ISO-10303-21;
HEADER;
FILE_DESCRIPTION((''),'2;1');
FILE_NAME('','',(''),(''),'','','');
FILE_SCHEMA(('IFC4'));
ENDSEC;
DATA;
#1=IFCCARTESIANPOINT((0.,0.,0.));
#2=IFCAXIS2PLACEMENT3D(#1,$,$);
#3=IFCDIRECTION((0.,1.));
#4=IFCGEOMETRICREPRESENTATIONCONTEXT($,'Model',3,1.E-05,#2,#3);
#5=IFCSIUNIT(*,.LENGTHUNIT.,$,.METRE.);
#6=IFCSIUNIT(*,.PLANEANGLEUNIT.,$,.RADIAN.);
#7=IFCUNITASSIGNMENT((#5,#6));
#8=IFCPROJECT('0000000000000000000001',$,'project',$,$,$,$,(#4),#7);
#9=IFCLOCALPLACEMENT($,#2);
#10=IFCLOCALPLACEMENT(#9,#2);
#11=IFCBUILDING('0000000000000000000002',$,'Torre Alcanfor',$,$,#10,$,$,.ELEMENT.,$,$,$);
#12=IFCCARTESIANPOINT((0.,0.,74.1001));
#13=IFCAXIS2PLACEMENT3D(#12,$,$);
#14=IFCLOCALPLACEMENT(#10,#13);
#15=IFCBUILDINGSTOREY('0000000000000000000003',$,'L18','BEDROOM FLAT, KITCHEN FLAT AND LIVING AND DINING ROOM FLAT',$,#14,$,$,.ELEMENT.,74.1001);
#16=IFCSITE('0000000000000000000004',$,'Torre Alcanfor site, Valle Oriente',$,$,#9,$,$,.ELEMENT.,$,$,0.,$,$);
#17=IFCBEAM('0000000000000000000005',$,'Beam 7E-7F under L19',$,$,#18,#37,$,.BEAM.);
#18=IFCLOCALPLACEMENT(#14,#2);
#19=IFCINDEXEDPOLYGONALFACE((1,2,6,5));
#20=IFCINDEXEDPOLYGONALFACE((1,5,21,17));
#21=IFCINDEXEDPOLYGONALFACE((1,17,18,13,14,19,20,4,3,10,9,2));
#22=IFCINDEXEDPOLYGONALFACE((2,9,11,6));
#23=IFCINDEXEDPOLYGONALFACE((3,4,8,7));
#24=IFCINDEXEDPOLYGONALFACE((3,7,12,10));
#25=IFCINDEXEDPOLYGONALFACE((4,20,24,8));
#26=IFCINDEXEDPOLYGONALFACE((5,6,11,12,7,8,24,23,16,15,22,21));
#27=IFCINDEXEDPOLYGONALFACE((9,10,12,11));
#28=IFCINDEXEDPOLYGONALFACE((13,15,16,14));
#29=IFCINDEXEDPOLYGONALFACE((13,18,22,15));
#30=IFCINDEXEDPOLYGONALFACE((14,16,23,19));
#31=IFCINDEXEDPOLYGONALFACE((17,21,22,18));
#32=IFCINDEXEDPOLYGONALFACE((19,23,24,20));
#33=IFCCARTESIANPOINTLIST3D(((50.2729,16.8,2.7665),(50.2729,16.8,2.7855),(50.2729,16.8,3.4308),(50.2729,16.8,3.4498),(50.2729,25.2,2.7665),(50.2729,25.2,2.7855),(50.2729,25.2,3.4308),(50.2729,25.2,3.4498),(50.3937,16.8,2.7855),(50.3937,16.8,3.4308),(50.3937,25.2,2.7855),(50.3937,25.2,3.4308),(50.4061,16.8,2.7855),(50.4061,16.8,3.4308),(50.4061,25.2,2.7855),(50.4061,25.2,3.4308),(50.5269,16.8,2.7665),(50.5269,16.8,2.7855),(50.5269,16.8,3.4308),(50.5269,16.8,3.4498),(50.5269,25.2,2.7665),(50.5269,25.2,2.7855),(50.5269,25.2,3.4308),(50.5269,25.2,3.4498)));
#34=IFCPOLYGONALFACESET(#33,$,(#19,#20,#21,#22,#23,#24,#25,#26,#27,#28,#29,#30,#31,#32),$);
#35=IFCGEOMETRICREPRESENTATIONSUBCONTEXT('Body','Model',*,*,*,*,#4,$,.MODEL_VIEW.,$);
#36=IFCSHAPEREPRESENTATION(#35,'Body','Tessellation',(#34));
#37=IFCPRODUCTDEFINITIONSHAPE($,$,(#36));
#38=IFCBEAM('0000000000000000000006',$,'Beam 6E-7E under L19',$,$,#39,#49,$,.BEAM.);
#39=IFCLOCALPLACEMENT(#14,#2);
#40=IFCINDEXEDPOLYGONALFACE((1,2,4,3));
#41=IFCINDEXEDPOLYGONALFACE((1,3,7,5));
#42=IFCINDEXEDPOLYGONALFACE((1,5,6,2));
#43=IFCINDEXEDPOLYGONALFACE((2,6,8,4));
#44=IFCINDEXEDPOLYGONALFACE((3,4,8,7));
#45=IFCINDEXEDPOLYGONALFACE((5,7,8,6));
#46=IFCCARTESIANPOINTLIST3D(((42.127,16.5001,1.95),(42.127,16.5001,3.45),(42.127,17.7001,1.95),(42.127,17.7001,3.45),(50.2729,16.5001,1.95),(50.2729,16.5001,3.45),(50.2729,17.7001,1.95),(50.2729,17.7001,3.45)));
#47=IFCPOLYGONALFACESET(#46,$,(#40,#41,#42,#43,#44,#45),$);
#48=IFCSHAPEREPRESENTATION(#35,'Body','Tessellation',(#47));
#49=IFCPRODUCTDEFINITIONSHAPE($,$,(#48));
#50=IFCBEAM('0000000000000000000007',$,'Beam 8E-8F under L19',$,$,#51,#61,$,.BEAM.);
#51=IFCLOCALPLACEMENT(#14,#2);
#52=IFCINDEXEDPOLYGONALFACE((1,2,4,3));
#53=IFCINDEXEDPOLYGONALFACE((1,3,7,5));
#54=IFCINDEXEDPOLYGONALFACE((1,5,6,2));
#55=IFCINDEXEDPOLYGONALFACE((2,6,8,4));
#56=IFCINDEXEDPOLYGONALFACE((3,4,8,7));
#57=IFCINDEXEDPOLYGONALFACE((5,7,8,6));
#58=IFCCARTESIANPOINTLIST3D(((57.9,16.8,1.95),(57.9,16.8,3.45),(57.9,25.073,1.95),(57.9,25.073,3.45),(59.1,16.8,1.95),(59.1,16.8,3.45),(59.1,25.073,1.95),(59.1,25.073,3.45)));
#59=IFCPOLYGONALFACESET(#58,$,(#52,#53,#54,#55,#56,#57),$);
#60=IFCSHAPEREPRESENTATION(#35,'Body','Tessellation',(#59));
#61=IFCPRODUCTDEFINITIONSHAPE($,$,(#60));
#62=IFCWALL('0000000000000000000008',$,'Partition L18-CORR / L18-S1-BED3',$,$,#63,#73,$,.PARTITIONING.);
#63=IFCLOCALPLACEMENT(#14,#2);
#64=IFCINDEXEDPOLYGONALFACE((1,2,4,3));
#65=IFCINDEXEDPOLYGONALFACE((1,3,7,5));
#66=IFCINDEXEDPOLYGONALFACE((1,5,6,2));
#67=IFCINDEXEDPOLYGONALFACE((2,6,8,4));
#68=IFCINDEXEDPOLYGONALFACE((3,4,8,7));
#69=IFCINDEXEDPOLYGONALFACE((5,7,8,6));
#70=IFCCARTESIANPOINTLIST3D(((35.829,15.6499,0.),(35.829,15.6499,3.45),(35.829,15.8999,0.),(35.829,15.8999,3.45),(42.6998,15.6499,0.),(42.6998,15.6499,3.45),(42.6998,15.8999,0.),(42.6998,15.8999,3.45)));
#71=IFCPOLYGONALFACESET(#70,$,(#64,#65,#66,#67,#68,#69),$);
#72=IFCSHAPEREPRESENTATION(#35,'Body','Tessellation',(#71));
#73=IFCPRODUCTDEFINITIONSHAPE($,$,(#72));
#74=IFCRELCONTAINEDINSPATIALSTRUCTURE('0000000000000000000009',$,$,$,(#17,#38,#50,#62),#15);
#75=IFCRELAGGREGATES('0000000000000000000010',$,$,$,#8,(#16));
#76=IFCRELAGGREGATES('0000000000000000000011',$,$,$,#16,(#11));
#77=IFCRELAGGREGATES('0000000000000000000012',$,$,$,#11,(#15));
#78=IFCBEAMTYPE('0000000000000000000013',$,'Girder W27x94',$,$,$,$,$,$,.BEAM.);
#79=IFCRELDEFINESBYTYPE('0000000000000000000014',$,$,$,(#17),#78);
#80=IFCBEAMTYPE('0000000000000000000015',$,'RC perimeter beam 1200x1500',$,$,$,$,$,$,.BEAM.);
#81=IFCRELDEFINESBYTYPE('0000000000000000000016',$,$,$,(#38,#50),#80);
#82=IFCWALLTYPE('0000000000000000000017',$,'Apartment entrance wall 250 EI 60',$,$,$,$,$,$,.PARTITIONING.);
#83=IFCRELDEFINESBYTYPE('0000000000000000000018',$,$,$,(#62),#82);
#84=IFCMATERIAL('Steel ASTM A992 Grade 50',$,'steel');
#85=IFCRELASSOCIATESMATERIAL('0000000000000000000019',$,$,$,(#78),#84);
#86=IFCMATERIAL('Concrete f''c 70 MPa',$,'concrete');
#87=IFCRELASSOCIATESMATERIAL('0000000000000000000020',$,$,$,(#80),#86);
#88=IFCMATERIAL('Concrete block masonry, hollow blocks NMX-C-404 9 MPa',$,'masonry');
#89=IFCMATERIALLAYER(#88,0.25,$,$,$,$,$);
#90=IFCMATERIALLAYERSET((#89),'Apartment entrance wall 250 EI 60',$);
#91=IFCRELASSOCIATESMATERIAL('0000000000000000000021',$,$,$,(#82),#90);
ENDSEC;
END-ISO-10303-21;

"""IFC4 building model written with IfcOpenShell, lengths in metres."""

from ifc_helpers import new_model, si_unit, direction, frame, frame_2d, origin, origin_2d, place, context, subcontext, project, spatial, rectangle, i_section, extrude, material, layer, layer_set, material_profile, profile_set, type_object, element, save


model = new_model("IFC4")

# Units and contexts
model_context = context("Model", 3, precision=1e-05, world=origin(), true_north=direction((0.0, 1.0)))
body_context = subcontext(model_context, "Body", "Model", "MODEL_VIEW")
ifc_project = project(units=[si_unit("LENGTHUNIT", "METRE"), si_unit("PLANEANGLEUNIT", "RADIAN")], contexts=[model_context])

# Site, building, storey
site_placement = place(None, origin())
site = spatial("IfcSite", under=ifc_project, at=site_placement, Name="Torre Alcanfor site, Valle Oriente", CompositionType="ELEMENT", RefElevation=0.0)
building_placement = place(site_placement, origin())
building = spatial("IfcBuilding", under=site, at=building_placement, Name="Torre Alcanfor", CompositionType="ELEMENT")
storey_placement = place(building_placement, frame((0.0, 0.0, 74.1001)))
storey = spatial("IfcBuildingStorey", under=building, at=storey_placement, Name="L18", Description="BEDROOM FLAT, KITCHEN FLAT AND LIVING AND DINING ROOM FLAT", CompositionType="ELEMENT", Elevation=74.1001)

# Beams
ifc_material_1 = material(Name="Steel ASTM A992 Grade 50", Category="steel")
ifc_material_profile_1 = material_profile(ifc_material_1, i_section(OverallWidth=0.2539, OverallDepth=0.6833, WebThickness=0.0125, FlangeThickness=0.019, at=origin_2d()), Name="W27x94")
ifc_profile_set_1 = profile_set([ifc_material_profile_1], Name="Steel ASTM A992 Grade 50")
beam_type_1 = type_object("IfcBeamType", Name="Girder W27x94", PredefinedType="BEAM", material=ifc_profile_set_1)
for number, where, z_axis, x_axis, name in (
    (1, (50.3999, 16.8, 3.1082), (0.0, 1.0, 0.0), (-1.0, 0.0, 0.0), "Beam 7E-7F under L19"),
):
    element("IfcBeam", number, at=place(storey_placement, frame(where, z_axis=z_axis, x_axis=x_axis)), inside=storey, type_object=beam_type_1, Name=name, PredefinedType="BEAM", context=body_context, shape_type="SweptSolid", body=[
        extrude(i_section(OverallWidth=0.2539, OverallDepth=0.6833, WebThickness=0.0125, FlangeThickness=0.019, at=origin_2d()), origin(), (0.0, 0.0, 1.0), 8.3999),
    ])
ifc_material_2 = material(Name="Concrete f'c 70 MPa", Category="concrete")
ifc_material_profile_2 = material_profile(ifc_material_2, rectangle(XDim=1.2, YDim=1.5, at=origin_2d()), Name="1200x1500")
ifc_profile_set_2 = profile_set([ifc_material_profile_2], Name="Concrete f'c 70 MPa")
beam_type_2 = type_object("IfcBeamType", Name="RC perimeter beam 1200x1500", PredefinedType="BEAM", material=ifc_profile_set_2)
beam_1_placement = place(storey_placement, frame((42.127, 17.1001, 2.7), z_axis=(1.0, 0.0, 0.0), x_axis=(0.0, 1.0, 0.0)))
element("IfcBeam", 2, at=beam_1_placement, inside=storey, type_object=beam_type_2, Name="Beam 6E-7E under L19", PredefinedType="BEAM", context=body_context, shape_type="SweptSolid", body=[
    extrude(rectangle(XDim=1.2, YDim=1.5, at=origin_2d()), origin(), (0.0, 0.0, 1.0), 8.146),
])
beam_2_placement = place(storey_placement, frame((58.5, 16.8, 2.7), z_axis=(0.0, 1.0, 0.0), x_axis=(-1.0, 0.0, 0.0)))
element("IfcBeam", 3, at=beam_2_placement, inside=storey, type_object=beam_type_2, Name="Beam 8E-8F under L19", PredefinedType="BEAM", context=body_context, shape_type="SweptSolid", body=[
    extrude(rectangle(XDim=1.2, YDim=1.5, at=origin_2d()), origin(), (0.0, 0.0, 1.0), 8.2729),
])

# Wall
ifc_material_3 = material(Name="Concrete block masonry, hollow blocks NMX-C-404 9 MPa", Category="masonry")
ifc_layer_1 = layer(ifc_material_3, 0.25)
ifc_layer_set_1 = layer_set([ifc_layer_1], Name="Apartment entrance wall 250 EI 60")
wall_type_1 = type_object("IfcWallType", Name="Apartment entrance wall 250 EI 60", PredefinedType="PARTITIONING", material=ifc_layer_set_1)
wall_1_placement = place(storey_placement, frame((42.7, 15.7749, 0.0), z_axis=(0.0, 0.0, 1.0), x_axis=(-1.0, 0.0, 0.0)))
element("IfcWall", 4, at=wall_1_placement, inside=storey, type_object=wall_type_1, Name="Partition L18-CORR / L18-S1-BED3", PredefinedType="PARTITIONING", context=body_context, shape_type="SweptSolid", body=[
    extrude(rectangle(XDim=6.8708, YDim=0.25, at=frame_2d((3.4355, 0.0))), origin(), (0.0, 0.0, 1.0), 3.45),
])

save(model, "model.ifc")
